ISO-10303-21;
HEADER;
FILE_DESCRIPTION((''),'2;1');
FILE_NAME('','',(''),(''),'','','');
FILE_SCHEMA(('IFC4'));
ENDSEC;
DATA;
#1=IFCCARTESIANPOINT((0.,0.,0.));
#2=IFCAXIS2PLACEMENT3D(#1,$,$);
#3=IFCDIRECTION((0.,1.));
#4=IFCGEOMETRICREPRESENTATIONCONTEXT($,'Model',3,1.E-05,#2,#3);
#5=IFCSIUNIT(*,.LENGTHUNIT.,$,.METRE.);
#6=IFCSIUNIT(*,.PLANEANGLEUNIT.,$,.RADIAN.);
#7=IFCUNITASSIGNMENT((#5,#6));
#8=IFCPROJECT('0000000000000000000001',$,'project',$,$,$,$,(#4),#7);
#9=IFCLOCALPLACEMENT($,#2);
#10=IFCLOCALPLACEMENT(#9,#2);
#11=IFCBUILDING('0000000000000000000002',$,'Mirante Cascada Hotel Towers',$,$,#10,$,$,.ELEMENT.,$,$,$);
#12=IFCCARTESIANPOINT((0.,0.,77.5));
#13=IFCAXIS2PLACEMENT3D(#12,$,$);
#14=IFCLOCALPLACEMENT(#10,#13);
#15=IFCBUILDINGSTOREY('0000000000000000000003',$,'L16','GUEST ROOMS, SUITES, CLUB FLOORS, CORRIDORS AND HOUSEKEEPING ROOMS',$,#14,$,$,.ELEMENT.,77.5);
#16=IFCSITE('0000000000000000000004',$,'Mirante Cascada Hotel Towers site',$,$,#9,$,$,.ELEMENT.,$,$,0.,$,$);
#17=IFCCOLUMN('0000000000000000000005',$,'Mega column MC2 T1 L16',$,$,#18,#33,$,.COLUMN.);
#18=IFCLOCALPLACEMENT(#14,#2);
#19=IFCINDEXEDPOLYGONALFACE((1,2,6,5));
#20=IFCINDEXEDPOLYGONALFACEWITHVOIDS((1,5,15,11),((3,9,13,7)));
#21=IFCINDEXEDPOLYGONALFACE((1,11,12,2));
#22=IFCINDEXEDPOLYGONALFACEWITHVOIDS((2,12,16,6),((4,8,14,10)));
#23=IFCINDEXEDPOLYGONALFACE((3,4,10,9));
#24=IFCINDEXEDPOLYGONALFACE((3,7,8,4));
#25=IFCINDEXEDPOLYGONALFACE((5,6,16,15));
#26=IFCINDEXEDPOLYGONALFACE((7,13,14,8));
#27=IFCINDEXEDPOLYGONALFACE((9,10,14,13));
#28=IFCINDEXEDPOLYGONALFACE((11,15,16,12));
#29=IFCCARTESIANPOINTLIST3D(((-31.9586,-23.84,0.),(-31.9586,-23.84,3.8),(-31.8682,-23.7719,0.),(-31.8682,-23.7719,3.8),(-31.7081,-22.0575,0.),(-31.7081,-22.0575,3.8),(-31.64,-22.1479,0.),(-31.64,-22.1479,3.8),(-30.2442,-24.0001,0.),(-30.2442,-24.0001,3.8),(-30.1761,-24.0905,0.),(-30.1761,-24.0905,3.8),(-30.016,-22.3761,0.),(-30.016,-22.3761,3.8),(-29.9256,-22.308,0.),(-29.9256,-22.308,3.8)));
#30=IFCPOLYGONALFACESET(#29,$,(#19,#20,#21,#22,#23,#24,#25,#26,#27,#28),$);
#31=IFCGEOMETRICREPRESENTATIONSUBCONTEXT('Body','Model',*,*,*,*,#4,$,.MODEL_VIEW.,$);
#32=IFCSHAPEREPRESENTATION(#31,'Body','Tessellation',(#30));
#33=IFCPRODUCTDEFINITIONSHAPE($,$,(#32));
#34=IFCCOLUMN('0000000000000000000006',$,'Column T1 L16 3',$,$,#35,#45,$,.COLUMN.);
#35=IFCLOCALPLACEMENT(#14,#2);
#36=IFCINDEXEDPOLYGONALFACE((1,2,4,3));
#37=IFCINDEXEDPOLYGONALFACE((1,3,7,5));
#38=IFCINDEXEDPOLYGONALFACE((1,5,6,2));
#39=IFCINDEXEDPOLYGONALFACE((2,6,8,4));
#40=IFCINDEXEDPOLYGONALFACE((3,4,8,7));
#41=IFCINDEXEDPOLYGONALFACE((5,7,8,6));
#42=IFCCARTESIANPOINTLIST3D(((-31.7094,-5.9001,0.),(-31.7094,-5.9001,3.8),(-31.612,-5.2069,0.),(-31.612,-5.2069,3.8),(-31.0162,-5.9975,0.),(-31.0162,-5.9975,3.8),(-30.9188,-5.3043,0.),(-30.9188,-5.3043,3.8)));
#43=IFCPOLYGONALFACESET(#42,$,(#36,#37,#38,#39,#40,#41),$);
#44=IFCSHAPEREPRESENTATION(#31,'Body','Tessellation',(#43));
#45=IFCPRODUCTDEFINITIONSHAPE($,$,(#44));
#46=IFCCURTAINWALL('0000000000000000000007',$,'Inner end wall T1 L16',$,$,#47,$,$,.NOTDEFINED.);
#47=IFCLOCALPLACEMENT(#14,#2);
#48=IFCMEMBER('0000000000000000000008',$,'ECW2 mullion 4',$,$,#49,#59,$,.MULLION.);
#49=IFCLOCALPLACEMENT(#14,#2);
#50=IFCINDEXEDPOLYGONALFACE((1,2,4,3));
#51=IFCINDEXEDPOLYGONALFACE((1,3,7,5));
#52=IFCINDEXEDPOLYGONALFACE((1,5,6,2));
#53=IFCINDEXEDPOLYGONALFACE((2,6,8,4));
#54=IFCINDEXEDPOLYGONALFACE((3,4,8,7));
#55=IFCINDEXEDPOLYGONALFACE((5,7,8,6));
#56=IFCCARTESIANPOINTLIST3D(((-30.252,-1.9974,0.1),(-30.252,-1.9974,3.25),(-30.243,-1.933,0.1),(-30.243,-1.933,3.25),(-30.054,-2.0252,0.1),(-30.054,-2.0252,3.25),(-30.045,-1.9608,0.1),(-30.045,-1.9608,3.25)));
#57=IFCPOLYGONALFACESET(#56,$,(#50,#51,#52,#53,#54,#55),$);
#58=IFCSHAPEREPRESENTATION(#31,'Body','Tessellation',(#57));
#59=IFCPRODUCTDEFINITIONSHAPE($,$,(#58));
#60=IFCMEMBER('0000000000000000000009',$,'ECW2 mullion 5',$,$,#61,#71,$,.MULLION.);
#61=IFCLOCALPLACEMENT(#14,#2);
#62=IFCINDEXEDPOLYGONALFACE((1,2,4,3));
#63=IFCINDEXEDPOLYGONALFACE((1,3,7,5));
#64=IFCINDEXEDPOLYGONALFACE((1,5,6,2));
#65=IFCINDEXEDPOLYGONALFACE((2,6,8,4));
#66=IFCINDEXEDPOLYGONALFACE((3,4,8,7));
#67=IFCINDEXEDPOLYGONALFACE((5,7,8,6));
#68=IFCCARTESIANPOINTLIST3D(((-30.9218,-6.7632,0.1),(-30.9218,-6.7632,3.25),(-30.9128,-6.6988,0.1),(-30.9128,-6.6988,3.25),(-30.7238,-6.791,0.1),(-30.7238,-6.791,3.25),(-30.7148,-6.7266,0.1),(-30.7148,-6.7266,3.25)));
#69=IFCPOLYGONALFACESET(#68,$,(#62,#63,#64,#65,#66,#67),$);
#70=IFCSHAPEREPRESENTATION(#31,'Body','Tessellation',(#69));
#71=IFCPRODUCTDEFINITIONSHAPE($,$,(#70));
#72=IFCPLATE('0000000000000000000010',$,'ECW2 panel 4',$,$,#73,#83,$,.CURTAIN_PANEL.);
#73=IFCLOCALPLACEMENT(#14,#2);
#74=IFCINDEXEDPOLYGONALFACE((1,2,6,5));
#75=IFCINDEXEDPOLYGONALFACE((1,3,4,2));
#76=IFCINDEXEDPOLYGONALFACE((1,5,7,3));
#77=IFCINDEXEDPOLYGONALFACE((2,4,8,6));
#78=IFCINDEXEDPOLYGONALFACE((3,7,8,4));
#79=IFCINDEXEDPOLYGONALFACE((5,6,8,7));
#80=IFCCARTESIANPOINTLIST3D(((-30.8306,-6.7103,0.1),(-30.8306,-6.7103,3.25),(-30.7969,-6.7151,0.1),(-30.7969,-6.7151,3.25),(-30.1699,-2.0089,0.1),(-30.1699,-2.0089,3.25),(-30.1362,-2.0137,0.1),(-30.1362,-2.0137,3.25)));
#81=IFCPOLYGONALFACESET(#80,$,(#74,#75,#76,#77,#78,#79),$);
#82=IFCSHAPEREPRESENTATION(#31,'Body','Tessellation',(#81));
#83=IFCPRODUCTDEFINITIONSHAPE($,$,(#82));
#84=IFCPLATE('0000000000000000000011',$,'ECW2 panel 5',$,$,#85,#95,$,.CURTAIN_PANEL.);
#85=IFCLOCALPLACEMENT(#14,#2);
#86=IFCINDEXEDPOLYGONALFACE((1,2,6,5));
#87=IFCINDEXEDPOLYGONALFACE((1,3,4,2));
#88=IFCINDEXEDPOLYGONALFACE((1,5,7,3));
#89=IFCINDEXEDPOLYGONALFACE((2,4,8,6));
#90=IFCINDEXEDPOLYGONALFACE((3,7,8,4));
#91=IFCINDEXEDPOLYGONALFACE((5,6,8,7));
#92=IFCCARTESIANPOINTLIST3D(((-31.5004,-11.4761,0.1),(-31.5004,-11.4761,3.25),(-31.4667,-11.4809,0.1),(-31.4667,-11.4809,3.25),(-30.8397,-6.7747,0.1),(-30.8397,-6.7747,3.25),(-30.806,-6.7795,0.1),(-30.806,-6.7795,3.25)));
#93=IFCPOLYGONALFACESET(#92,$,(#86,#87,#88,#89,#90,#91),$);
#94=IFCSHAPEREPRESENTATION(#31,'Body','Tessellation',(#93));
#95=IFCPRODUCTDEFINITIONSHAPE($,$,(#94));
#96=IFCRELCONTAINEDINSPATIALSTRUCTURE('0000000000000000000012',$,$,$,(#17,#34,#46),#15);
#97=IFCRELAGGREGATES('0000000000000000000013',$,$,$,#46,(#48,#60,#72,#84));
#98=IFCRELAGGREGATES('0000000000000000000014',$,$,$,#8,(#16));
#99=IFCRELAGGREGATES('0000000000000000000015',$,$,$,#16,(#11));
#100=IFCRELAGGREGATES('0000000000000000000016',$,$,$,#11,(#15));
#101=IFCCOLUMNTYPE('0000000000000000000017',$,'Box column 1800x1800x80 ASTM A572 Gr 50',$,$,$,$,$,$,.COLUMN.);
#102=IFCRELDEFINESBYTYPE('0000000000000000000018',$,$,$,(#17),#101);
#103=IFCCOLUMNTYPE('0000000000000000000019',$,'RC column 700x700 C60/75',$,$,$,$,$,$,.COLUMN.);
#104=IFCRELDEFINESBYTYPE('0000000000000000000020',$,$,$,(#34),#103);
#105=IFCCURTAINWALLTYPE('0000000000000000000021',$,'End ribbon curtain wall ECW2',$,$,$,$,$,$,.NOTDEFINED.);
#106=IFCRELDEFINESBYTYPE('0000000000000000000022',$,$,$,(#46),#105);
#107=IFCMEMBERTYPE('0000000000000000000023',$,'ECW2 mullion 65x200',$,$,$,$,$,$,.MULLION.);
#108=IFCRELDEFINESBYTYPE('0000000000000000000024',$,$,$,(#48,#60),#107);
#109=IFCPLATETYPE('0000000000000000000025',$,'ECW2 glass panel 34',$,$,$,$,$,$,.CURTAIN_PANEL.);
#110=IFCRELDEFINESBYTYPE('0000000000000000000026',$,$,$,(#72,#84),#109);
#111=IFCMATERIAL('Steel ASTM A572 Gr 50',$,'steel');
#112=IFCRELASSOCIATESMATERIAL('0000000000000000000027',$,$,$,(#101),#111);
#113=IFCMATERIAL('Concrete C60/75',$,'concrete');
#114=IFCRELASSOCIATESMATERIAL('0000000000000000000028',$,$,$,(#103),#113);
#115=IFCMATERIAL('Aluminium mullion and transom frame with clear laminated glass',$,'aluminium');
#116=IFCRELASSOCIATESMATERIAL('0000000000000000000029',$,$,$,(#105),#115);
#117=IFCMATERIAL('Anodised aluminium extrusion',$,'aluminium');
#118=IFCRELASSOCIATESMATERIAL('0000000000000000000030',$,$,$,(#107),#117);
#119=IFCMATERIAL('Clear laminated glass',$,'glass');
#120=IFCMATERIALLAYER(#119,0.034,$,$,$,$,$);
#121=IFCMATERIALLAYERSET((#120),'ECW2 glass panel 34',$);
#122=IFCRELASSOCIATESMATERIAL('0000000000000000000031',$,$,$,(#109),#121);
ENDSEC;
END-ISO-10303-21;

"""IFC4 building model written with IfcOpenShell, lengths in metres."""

from ifc_helpers import new_model, si_unit, direction, frame, origin, origin_2d, place, context, subcontext, project, spatial, rectangle, hollow_rectangle, extrude, material, layer, layer_set, material_profile, profile_set, type_object, element, aggregate, save


model = new_model("IFC4")

# Units and contexts
model_context = context("Model", 3, precision=1e-05, world=origin(), true_north=direction((0.0, 1.0)))
body_context = subcontext(model_context, "Body", "Model", "MODEL_VIEW")
ifc_project = project(units=[si_unit("LENGTHUNIT", "METRE"), si_unit("PLANEANGLEUNIT", "RADIAN")], contexts=[model_context])

# Site, building, storey
site_placement = place(None, origin())
site = spatial("IfcSite", under=ifc_project, at=site_placement, Name="Mirante Cascada Hotel Towers site", CompositionType="ELEMENT", RefElevation=0.0)
building_placement = place(site_placement, origin())
building = spatial("IfcBuilding", under=site, at=building_placement, Name="Mirante Cascada Hotel Towers", CompositionType="ELEMENT")
storey_placement = place(building_placement, frame((0.0, 0.0, 77.5)))
storey = spatial("IfcBuildingStorey", under=building, at=storey_placement, Name="L16", Description="GUEST ROOMS, SUITES, CLUB FLOORS, CORRIDORS AND HOUSEKEEPING ROOMS", CompositionType="ELEMENT", Elevation=77.5)

# Columns
ifc_material_1 = material(Name="Steel ASTM A572 Gr 50", Category="steel")
ifc_material_profile_1 = material_profile(ifc_material_1, hollow_rectangle(XDim=1.8, YDim=1.8, WallThickness=0.08, at=origin_2d()), Name="Box column 1800x1800x80 ASTM A572 Gr 50")
ifc_profile_set_1 = profile_set([ifc_material_profile_1], Name="Steel ASTM A572 Gr 50")
column_type_1 = type_object("IfcColumnType", Name="Box column 1800x1800x80 ASTM A572 Gr 50", PredefinedType="COLUMN", material=ifc_profile_set_1)
column_1_placement = place(storey_placement, frame((-30.9421, -23.074, 0.0), z_axis=(0.0, 0.0, 1.0), x_axis=(-0.990268, 0.139173, 0.0)))
element("IfcColumn", 1, at=column_1_placement, inside=storey, type_object=column_type_1, Name="Mega column MC2 T1 L16", PredefinedType="COLUMN", context=body_context, shape_type="SweptSolid", body=[
    extrude(hollow_rectangle(XDim=1.8, YDim=1.8, WallThickness=0.08, at=origin_2d()), origin(), (0.0, 0.0, 1.0), 3.8),
])
ifc_material_2 = material(Name="Concrete C60/75", Category="concrete")
ifc_material_profile_2 = material_profile(ifc_material_2, rectangle(XDim=0.7, YDim=0.7, at=origin_2d()), Name="RC column 700x700 C60/75")
ifc_profile_set_2 = profile_set([ifc_material_profile_2], Name="Concrete C60/75")
column_type_2 = type_object("IfcColumnType", Name="RC column 700x700 C60/75", PredefinedType="COLUMN", material=ifc_profile_set_2)
column_2_placement = place(storey_placement, frame((-31.3141, -5.6022, 0.0), z_axis=(0.0, 0.0, 1.0), x_axis=(-0.990268, 0.139173, 0.0)))
element("IfcColumn", 2, at=column_2_placement, inside=storey, type_object=column_type_2, Name="Column T1 L16 3", PredefinedType="COLUMN", context=body_context, shape_type="SweptSolid", body=[
    extrude(rectangle(XDim=0.7, YDim=0.7, at=origin_2d()), origin(), (0.0, 0.0, 1.0), 3.8),
])

# Curtain wall, members, plates
ifc_material_3 = material(Name="Aluminium mullion and transom frame with clear laminated glass", Category="aluminium")
curtain_wall_type = type_object("IfcCurtainWallType", Name="End ribbon curtain wall ECW2", PredefinedType="NOTDEFINED", material=ifc_material_3)
curtain_wall_placement = place(storey_placement, origin())
curtain_wall = element("IfcCurtainWall", 3, at=curtain_wall_placement, inside=storey, type_object=curtain_wall_type, Name="Inner end wall T1 L16", PredefinedType="NOTDEFINED")
ifc_material_4 = material(Name="Anodised aluminium extrusion", Category="aluminium")
ifc_material_profile_3 = material_profile(ifc_material_4, rectangle(XDim=0.2, YDim=0.065, at=origin_2d()), Name="ECW2 MULLION 65x200")
ifc_profile_set_3 = profile_set([ifc_material_profile_3], Name="Anodised aluminium extrusion")
member_type = type_object("IfcMemberType", Name="ECW2 mullion 65x200", PredefinedType="MULLION", material=ifc_profile_set_3)
member_1_placement = place(storey_placement, frame((-30.1485, -1.9791, 0.1), z_axis=(0.0, 0.0, 1.0), x_axis=(0.990268, -0.139173, 0.0)))
member_1 = element("IfcMember", 4, at=member_1_placement, type_object=member_type, Name="ECW2 mullion 4", PredefinedType="MULLION", context=body_context, shape_type="SweptSolid", body=[
    extrude(rectangle(XDim=0.2, YDim=0.065, at=origin_2d()), origin(), (0.0, 0.0, 1.0), 3.15),
])
member_2_placement = place(storey_placement, frame((-30.8183, -6.7449, 0.1), z_axis=(0.0, 0.0, 1.0), x_axis=(0.990268, -0.139173, 0.0)))
member_2 = element("IfcMember", 5, at=member_2_placement, type_object=member_type, Name="ECW2 mullion 5", PredefinedType="MULLION", context=body_context, shape_type="SweptSolid", body=[
    extrude(rectangle(XDim=0.2, YDim=0.065, at=origin_2d()), origin(), (0.0, 0.0, 1.0), 3.15),
])
ifc_material_5 = material(Name="Clear laminated glass", Category="glass")
ifc_layer_1 = layer(ifc_material_5, 0.034)
ifc_layer_set_1 = layer_set([ifc_layer_1], Name="ECW2 glass panel 34")
plate_type = type_object("IfcPlateType", Name="ECW2 glass panel 34", PredefinedType="CURTAIN_PANEL", material=ifc_layer_set_1)
plate_1_placement = place(storey_placement, frame((-30.4834, -4.362, 0.1), z_axis=(0.0, 0.0, 1.0), x_axis=(-0.139173, -0.990268, 0.0)))
plate_1 = element("IfcPlate", 6, at=plate_1_placement, type_object=plate_type, Name="ECW2 panel 4", PredefinedType="CURTAIN_PANEL", context=body_context, shape_type="SweptSolid", body=[
    extrude(rectangle(XDim=4.7476, YDim=0.034, at=origin_2d()), origin(), (0.0, 0.0, 1.0), 3.15),
])
plate_2_placement = place(storey_placement, frame((-31.1532, -9.1278, 0.1), z_axis=(0.0, 0.0, 1.0), x_axis=(-0.139173, -0.990268, 0.0)))
plate_2 = element("IfcPlate", 7, at=plate_2_placement, type_object=plate_type, Name="ECW2 panel 5", PredefinedType="CURTAIN_PANEL", context=body_context, shape_type="SweptSolid", body=[
    extrude(rectangle(XDim=4.7476, YDim=0.034, at=origin_2d()), origin(), (0.0, 0.0, 1.0), 3.15),
])
aggregate(curtain_wall, [member_1, member_2, plate_1, plate_2])

save(model, "model.ifc")
